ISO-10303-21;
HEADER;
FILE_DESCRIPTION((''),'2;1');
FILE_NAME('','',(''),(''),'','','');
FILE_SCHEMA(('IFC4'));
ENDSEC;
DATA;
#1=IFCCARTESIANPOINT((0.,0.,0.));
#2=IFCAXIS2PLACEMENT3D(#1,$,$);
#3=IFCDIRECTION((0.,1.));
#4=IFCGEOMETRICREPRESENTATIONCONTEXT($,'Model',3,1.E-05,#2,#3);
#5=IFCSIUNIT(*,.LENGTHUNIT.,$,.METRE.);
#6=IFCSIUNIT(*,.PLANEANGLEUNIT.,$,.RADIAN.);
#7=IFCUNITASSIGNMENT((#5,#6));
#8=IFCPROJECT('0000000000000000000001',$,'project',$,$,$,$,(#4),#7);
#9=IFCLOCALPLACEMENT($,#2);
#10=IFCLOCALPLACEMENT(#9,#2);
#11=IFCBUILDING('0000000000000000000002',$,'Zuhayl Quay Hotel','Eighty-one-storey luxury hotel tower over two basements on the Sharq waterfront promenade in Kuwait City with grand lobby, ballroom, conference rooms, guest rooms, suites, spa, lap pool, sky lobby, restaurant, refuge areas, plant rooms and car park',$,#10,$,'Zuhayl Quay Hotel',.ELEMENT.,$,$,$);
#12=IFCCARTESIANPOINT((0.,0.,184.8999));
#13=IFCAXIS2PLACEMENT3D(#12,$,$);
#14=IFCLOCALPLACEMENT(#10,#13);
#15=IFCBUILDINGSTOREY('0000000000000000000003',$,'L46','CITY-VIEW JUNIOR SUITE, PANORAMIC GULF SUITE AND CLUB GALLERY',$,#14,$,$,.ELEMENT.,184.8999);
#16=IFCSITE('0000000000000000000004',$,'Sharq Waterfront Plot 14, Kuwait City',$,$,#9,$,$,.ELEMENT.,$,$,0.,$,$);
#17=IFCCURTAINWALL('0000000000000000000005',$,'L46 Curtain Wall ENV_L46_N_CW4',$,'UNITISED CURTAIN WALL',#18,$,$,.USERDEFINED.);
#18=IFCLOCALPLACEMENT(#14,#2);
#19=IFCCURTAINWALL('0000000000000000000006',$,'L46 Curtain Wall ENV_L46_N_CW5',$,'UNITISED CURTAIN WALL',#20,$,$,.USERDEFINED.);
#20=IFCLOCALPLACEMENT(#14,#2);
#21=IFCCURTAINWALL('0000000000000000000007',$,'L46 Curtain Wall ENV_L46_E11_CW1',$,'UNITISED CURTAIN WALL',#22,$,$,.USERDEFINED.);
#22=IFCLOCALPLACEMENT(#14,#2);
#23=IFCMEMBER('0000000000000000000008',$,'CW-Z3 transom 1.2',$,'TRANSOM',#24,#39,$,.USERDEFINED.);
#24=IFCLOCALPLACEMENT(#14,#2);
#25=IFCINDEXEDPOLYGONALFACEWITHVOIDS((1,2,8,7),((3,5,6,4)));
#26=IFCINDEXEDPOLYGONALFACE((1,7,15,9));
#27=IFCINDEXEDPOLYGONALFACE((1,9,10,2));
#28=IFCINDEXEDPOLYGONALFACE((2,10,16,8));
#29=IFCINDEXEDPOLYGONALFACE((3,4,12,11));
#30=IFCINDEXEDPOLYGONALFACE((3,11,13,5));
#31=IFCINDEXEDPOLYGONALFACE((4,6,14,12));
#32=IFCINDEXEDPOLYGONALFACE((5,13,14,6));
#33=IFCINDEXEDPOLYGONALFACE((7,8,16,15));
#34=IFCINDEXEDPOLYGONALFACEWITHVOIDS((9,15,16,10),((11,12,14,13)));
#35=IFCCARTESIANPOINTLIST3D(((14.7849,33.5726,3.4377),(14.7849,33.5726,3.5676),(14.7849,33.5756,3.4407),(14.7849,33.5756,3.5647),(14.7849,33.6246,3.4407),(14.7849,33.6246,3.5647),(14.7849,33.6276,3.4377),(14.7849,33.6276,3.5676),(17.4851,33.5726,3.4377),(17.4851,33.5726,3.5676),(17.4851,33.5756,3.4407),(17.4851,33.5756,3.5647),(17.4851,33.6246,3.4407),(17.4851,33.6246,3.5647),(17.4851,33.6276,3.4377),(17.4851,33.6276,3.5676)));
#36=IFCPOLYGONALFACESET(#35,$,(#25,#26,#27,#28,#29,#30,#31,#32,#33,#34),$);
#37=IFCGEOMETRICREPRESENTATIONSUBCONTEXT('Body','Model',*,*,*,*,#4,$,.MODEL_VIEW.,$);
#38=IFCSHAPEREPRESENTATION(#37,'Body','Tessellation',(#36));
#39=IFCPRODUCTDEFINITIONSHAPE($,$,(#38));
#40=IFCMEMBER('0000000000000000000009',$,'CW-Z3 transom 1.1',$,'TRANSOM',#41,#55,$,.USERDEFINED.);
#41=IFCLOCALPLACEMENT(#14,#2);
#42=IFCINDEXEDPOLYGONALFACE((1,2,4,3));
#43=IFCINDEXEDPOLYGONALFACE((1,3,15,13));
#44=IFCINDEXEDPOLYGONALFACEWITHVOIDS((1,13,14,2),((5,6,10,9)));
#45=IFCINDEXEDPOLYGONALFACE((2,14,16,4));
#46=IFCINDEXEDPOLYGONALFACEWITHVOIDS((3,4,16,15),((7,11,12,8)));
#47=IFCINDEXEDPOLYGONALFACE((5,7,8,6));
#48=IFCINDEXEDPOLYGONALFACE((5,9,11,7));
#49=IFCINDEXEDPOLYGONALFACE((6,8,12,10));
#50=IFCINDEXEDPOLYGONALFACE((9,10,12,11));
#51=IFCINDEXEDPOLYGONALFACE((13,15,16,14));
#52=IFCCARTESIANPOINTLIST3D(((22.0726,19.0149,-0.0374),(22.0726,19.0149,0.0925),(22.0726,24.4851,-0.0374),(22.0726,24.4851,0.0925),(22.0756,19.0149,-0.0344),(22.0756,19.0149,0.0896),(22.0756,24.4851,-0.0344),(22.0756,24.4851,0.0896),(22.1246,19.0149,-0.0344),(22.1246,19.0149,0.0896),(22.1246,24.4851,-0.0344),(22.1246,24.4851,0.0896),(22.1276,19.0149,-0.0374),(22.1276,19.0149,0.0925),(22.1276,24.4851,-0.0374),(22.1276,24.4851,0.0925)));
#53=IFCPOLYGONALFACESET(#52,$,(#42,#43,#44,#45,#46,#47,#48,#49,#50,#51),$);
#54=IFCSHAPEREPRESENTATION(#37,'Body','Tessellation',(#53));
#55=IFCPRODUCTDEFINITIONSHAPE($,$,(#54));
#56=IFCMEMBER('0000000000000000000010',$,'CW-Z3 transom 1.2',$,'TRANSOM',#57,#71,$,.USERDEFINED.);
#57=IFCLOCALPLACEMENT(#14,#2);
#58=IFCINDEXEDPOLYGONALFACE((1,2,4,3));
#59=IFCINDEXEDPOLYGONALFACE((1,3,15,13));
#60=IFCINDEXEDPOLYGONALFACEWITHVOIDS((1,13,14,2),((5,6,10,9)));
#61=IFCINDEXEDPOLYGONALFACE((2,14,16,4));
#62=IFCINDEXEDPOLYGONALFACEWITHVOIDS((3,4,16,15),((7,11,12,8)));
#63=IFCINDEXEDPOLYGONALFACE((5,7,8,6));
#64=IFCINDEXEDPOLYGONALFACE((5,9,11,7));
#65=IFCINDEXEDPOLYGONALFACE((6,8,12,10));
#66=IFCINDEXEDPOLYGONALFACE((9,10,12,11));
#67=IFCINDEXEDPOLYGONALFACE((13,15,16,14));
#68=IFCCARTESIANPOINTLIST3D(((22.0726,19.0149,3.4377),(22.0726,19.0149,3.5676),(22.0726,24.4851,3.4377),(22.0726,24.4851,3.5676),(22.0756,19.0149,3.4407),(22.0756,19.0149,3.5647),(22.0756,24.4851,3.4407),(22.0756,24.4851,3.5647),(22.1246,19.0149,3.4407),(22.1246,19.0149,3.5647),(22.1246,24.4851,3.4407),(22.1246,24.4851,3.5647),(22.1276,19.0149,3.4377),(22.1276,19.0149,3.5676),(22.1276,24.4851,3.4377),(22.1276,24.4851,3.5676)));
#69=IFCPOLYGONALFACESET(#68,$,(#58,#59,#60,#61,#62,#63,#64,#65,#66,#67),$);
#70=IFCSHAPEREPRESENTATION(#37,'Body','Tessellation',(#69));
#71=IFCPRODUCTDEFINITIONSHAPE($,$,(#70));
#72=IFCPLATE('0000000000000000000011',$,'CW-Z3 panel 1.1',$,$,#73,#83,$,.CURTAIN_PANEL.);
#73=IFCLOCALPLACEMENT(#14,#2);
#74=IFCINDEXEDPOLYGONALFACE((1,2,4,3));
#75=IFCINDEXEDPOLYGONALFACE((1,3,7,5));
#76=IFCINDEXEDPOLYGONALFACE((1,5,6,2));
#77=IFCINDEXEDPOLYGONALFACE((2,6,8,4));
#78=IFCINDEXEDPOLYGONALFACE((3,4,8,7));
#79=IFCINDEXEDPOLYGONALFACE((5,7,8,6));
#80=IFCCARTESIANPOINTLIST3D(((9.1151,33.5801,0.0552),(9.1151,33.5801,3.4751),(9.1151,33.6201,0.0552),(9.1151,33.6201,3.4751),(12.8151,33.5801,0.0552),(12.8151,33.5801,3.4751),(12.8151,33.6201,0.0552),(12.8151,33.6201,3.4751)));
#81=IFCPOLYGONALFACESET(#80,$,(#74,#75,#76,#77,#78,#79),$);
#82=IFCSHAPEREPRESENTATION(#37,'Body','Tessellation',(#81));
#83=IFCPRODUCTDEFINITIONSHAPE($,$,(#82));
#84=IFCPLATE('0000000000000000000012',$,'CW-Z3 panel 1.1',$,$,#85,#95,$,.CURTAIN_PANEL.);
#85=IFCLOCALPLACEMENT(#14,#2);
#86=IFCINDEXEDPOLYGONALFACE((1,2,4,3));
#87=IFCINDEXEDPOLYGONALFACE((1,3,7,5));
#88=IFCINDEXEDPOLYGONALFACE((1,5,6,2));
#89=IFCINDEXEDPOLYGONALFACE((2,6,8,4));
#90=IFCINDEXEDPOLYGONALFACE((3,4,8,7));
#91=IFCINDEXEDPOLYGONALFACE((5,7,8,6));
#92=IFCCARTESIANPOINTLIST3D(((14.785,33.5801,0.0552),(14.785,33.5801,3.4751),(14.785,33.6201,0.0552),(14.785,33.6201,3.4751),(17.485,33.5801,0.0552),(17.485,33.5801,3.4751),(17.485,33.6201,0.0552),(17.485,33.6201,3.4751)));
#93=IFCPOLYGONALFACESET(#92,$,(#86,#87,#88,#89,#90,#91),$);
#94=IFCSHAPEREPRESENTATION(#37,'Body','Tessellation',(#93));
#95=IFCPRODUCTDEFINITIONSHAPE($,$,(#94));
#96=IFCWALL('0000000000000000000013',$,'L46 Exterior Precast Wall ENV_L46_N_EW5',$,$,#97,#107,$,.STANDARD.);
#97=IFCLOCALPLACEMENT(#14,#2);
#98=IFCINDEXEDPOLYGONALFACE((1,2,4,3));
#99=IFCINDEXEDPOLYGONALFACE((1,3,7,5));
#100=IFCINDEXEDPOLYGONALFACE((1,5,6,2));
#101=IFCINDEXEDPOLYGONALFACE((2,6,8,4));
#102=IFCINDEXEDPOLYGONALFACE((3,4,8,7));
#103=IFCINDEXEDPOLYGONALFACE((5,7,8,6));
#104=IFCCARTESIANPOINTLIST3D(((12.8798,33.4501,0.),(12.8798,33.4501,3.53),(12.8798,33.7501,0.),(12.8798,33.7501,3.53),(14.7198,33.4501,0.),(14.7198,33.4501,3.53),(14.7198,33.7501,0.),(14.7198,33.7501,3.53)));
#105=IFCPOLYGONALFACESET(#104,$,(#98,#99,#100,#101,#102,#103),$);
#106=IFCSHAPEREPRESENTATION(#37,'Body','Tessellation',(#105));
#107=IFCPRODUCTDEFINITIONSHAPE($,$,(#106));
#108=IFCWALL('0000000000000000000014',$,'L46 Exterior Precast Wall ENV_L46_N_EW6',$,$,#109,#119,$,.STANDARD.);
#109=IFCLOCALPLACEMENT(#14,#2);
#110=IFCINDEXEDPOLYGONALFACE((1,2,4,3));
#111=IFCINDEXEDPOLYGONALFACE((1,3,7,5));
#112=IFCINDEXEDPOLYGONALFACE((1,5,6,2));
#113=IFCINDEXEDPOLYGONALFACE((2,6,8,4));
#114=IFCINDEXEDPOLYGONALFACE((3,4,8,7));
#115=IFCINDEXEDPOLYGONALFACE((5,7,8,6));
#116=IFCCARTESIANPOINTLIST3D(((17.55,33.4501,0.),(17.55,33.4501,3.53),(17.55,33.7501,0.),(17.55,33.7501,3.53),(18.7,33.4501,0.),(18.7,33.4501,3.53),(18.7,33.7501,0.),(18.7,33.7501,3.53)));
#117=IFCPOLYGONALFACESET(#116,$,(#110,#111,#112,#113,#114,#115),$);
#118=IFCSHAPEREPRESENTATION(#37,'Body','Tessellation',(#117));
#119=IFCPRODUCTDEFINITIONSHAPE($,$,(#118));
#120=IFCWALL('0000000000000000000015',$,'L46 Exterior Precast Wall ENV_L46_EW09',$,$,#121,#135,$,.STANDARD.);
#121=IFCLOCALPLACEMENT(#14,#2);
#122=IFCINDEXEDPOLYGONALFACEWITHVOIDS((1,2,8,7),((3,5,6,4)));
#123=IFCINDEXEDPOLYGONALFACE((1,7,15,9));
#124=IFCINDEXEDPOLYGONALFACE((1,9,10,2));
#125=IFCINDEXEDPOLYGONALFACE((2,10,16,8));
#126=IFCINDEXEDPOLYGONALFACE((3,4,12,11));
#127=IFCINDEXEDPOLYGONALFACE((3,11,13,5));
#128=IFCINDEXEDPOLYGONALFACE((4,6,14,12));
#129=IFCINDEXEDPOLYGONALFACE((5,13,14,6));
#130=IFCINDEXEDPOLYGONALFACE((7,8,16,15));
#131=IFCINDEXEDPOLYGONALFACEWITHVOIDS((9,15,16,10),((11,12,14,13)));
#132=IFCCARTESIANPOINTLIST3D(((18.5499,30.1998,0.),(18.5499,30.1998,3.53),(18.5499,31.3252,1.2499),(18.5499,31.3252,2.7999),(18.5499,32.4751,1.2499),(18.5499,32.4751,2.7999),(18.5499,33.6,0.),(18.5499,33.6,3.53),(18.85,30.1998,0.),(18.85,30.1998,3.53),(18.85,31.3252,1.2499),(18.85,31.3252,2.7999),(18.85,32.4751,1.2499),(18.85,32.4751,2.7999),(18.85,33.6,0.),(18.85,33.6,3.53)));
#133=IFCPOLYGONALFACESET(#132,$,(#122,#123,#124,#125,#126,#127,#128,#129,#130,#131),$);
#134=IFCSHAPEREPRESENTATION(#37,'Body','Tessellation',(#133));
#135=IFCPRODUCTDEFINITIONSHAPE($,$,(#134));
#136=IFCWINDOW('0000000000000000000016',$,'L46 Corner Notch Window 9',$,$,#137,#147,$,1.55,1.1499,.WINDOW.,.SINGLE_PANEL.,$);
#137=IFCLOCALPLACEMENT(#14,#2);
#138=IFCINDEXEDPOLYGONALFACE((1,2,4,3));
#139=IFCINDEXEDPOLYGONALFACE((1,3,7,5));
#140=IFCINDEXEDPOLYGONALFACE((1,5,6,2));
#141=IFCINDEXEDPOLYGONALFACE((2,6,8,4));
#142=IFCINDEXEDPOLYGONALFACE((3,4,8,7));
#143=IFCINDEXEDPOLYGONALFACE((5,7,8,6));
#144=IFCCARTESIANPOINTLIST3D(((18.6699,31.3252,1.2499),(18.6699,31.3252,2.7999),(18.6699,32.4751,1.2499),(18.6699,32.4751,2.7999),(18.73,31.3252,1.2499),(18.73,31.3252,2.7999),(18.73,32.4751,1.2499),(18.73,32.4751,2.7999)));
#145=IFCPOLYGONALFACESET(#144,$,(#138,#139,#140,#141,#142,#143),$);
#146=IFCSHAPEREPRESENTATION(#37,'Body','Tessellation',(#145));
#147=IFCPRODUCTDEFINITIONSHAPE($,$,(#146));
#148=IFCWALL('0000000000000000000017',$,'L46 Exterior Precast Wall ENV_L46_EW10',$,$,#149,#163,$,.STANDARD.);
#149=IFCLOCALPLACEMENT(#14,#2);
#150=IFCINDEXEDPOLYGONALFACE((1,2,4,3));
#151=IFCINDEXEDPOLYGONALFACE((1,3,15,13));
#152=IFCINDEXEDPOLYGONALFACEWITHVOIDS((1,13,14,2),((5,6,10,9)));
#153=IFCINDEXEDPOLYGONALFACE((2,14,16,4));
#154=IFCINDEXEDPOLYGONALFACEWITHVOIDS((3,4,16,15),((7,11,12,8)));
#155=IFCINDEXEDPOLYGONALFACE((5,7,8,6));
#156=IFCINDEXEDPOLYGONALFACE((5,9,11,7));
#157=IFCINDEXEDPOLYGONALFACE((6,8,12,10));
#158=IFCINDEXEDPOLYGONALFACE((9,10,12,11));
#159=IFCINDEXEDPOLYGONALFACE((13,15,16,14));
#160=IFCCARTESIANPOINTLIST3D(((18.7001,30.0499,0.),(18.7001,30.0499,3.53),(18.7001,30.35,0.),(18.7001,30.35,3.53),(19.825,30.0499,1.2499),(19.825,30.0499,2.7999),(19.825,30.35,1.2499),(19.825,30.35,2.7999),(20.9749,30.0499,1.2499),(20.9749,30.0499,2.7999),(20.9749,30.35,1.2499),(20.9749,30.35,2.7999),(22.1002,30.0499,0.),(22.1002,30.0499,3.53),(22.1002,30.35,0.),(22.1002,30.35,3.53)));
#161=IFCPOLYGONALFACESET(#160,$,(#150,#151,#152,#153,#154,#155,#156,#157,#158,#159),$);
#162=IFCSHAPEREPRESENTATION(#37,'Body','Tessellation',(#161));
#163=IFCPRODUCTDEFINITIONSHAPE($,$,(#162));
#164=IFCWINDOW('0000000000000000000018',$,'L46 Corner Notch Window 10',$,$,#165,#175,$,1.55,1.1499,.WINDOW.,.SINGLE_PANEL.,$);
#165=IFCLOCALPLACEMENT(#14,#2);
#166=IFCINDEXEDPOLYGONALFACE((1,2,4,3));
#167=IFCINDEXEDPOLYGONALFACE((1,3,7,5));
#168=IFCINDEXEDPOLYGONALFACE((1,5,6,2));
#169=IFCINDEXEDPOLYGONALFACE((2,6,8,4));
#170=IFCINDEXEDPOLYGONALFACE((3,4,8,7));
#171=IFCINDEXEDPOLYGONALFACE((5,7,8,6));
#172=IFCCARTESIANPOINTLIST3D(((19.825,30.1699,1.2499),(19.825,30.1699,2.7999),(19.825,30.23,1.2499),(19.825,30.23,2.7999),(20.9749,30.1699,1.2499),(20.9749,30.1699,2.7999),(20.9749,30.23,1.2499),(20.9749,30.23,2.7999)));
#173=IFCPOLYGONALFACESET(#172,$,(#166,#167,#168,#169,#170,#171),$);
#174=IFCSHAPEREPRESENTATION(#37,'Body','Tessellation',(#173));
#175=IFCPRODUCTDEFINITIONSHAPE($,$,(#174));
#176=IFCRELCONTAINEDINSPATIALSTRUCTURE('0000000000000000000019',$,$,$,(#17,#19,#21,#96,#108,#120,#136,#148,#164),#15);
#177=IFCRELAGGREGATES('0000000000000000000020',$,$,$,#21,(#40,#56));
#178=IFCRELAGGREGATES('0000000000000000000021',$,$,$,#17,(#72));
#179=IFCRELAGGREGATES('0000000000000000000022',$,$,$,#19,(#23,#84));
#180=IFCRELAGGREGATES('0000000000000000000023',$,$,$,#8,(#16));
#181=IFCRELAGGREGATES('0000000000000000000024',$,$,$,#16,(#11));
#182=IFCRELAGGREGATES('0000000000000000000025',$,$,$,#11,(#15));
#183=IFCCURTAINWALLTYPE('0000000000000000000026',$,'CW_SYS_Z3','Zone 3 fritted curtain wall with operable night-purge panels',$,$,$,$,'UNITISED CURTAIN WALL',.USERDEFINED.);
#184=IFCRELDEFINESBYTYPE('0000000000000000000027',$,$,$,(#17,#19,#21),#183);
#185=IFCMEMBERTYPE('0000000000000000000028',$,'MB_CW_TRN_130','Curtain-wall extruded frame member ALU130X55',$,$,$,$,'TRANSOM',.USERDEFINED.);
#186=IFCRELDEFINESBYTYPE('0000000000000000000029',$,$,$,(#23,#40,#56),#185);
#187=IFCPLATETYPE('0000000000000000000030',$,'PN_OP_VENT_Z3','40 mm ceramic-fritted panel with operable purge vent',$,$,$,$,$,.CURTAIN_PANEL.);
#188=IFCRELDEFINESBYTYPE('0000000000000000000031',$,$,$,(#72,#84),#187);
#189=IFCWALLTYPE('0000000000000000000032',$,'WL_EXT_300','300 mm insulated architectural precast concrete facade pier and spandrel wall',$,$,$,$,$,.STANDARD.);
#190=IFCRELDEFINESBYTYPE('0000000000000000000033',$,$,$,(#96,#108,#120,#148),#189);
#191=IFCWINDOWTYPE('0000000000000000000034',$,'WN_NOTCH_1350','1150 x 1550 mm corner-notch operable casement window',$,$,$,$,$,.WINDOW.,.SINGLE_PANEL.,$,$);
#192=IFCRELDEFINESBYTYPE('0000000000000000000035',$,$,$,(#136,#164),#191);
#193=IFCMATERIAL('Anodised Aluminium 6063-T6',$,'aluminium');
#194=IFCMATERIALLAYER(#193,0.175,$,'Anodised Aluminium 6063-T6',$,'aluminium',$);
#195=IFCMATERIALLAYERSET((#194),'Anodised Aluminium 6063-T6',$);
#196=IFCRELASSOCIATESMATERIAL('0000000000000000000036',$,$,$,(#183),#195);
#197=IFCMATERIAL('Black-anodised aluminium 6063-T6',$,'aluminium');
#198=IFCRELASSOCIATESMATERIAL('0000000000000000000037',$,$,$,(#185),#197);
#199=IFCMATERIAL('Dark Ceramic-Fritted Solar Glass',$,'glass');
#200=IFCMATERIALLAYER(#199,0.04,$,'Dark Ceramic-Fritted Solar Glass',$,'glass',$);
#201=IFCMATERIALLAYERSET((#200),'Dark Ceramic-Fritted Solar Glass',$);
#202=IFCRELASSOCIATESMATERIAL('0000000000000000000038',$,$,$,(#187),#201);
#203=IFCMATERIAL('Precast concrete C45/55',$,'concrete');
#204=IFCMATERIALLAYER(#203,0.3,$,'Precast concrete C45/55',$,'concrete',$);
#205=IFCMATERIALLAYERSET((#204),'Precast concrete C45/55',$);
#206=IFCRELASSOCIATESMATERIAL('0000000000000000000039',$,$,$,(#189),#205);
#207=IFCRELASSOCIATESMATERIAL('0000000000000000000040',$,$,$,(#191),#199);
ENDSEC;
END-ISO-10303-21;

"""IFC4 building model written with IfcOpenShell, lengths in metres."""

from ifc_helpers import new_model, si_unit, direction, frame, frame_2d, origin, origin_2d, place, context, subcontext, project, spatial, rectangle, hollow_rectangle, extrude, material, layer, layer_set, material_profile, profile_set, type_object, element, fill, aggregate, save


model = new_model("IFC4")

# Units and contexts
model_context = context("Model", 3, precision=1e-05, world=origin(), true_north=direction((0.0, 1.0)))
body_context = subcontext(model_context, "Body", "Model", "MODEL_VIEW")
ifc_project = project(units=[si_unit("LENGTHUNIT", "METRE"), si_unit("PLANEANGLEUNIT", "RADIAN")], contexts=[model_context])

# Site, building, storey
site_placement = place(None, origin())
site = spatial("IfcSite", under=ifc_project, at=site_placement, Name="Sharq Waterfront Plot 14, Kuwait City", CompositionType="ELEMENT", RefElevation=0.0)
building_placement = place(site_placement, origin())
building = spatial("IfcBuilding", under=site, at=building_placement, Name="Zuhayl Quay Hotel", Description="Eighty-one-storey luxury hotel tower over two basements on the Sharq waterfront promenade in Kuwait City with grand lobby, ballroom, conference rooms, guest rooms, suites, spa, lap pool, sky lobby, restaurant, refuge areas, plant rooms and car park", LongName="Zuhayl Quay Hotel", CompositionType="ELEMENT")
storey_placement = place(building_placement, frame((0.0, 0.0, 184.8999)))
storey = spatial("IfcBuildingStorey", under=building, at=storey_placement, Name="L46", Description="CITY-VIEW JUNIOR SUITE, PANORAMIC GULF SUITE AND CLUB GALLERY", CompositionType="ELEMENT", Elevation=184.8999)

# Curtain walls
ifc_material_1 = material(Name="Anodised Aluminium 6063-T6", Category="aluminium")
ifc_layer_1 = layer(ifc_material_1, 0.175, Name="Anodised Aluminium 6063-T6", Category="aluminium")
ifc_layer_set_1 = layer_set([ifc_layer_1], Name="Anodised Aluminium 6063-T6")
curtain_wall_type = type_object("IfcCurtainWallType", Name="CW_SYS_Z3", Description="Zone 3 fritted curtain wall with operable night-purge panels", ElementType="UNITISED CURTAIN WALL", PredefinedType="USERDEFINED", material=ifc_layer_set_1)
curtain_wall_1_placement = place(storey_placement, origin())
curtain_wall_1 = element("IfcCurtainWall", 1, at=curtain_wall_1_placement, inside=storey, type_object=curtain_wall_type, Name="L46 Curtain Wall ENV_L46_N_CW4", ObjectType="UNITISED CURTAIN WALL", PredefinedType="USERDEFINED")
ifc_material_2 = material(Name="Black-anodised aluminium 6063-T6", Category="aluminium")
curtain_wall_2_placement = place(storey_placement, origin())
curtain_wall_2 = element("IfcCurtainWall", 2, at=curtain_wall_2_placement, inside=storey, type_object=curtain_wall_type, Name="L46 Curtain Wall ENV_L46_N_CW5", ObjectType="UNITISED CURTAIN WALL", PredefinedType="USERDEFINED")

# Curtain wall
curtain_wall_3_placement = place(storey_placement, origin())
curtain_wall_3 = element("IfcCurtainWall", 3, at=curtain_wall_3_placement, inside=storey, type_object=curtain_wall_type, Name="L46 Curtain Wall ENV_L46_E11_CW1", ObjectType="UNITISED CURTAIN WALL", PredefinedType="USERDEFINED")

# Members
ifc_material_profile_1 = material_profile(ifc_material_2, hollow_rectangle(XDim=0.0549, YDim=0.1299, WallThickness=0.0029, at=origin_2d()), Name="ALU130X55")
ifc_profile_set_1 = profile_set([ifc_material_profile_1], Name="Black-anodised aluminium 6063-T6")
member_type_1 = type_object("IfcMemberType", Name="MB_CW_TRN_130", Description="Curtain-wall extruded frame member ALU130X55", ElementType="TRANSOM", PredefinedType="USERDEFINED", material=ifc_profile_set_1)
member_1_placement = place(storey_placement, frame((14.7849, 33.6001, 3.5027), z_axis=(1.0, 0.0, 0.0), x_axis=(0.0, 1.0, 0.0)))
member_1 = element("IfcMember", 4, at=member_1_placement, type_object=member_type_1, Name="CW-Z3 transom 1.2", ObjectType="TRANSOM", PredefinedType="USERDEFINED", context=body_context, shape_type="SweptSolid", body=[
    extrude(hollow_rectangle(XDim=0.0549, YDim=0.1299, WallThickness=0.0029, at=origin_2d()), origin(), (0.0, 0.0, 1.0), 2.7002),
])
member_2_placement = place(storey_placement, frame((22.1001, 24.4851, 0.0276), z_axis=(0.0, -1.0, 0.0), x_axis=(1.0, 0.0, 0.0)))
member_2 = element("IfcMember", 5, at=member_2_placement, type_object=member_type_1, Name="CW-Z3 transom 1.1", ObjectType="TRANSOM", PredefinedType="USERDEFINED", context=body_context, shape_type="SweptSolid", body=[
    extrude(hollow_rectangle(XDim=0.0549, YDim=0.1299, WallThickness=0.0029, at=origin_2d()), origin(), (0.0, 0.0, 1.0), 5.4702),
])
member_3_placement = place(storey_placement, frame((22.1001, 24.4851, 3.5027), z_axis=(0.0, -1.0, 0.0), x_axis=(1.0, 0.0, 0.0)))
member_3 = element("IfcMember", 6, at=member_3_placement, type_object=member_type_1, Name="CW-Z3 transom 1.2", ObjectType="TRANSOM", PredefinedType="USERDEFINED", context=body_context, shape_type="SweptSolid", body=[
    extrude(hollow_rectangle(XDim=0.0549, YDim=0.1299, WallThickness=0.0029, at=origin_2d()), origin(), (0.0, 0.0, 1.0), 5.4702),
])
aggregate(curtain_wall_3, [member_2, member_3])

# Plates
ifc_material_3 = material(Name="Dark Ceramic-Fritted Solar Glass", Category="glass")
ifc_layer_2 = layer(ifc_material_3, 0.04, Name="Dark Ceramic-Fritted Solar Glass", Category="glass")
ifc_layer_set_2 = layer_set([ifc_layer_2], Name="Dark Ceramic-Fritted Solar Glass")
plate_type = type_object("IfcPlateType", Name="PN_OP_VENT_Z3", Description="40 mm ceramic-fritted panel with operable purge vent", PredefinedType="CURTAIN_PANEL", material=ifc_layer_set_2)
plate_1_placement = place(storey_placement, frame((10.9651, 33.6001, 0.0552), z_axis=(0.0, 0.0, 1.0), x_axis=(1.0, 0.0, 0.0)))
plate_1 = element("IfcPlate", 7, at=plate_1_placement, type_object=plate_type, Name="CW-Z3 panel 1.1", PredefinedType="CURTAIN_PANEL", context=body_context, shape_type="SweptSolid", body=[
    extrude(rectangle(XDim=3.7, YDim=0.04, at=origin_2d()), origin(), (0.0, 0.0, 1.0), 3.4199),
])
aggregate(curtain_wall_1, [plate_1])
plate_2_placement = place(storey_placement, frame((16.135, 33.6001, 0.0552), z_axis=(0.0, 0.0, 1.0), x_axis=(1.0, 0.0, 0.0)))
plate_2 = element("IfcPlate", 8, at=plate_2_placement, type_object=plate_type, Name="CW-Z3 panel 1.1", PredefinedType="CURTAIN_PANEL", context=body_context, shape_type="SweptSolid", body=[
    extrude(rectangle(XDim=2.7, YDim=0.04, at=origin_2d()), origin(), (0.0, 0.0, 1.0), 3.4199),
])
aggregate(curtain_wall_2, [member_1, plate_2])

# Walls
ifc_material_4 = material(Name="Precast concrete C45/55", Category="concrete")
ifc_layer_3 = layer(ifc_material_4, 0.3, Name="Precast concrete C45/55", Category="concrete")
ifc_layer_set_3 = layer_set([ifc_layer_3], Name="Precast concrete C45/55")
wall_type_1 = type_object("IfcWallType", Name="WL_EXT_300", Description="300 mm insulated architectural precast concrete facade pier and spandrel wall", PredefinedType="STANDARD", material=ifc_layer_set_3)
wall_1_placement = place(storey_placement, frame((12.8799, 33.6001, 0.0), z_axis=(0.0, 0.0, 1.0), x_axis=(1.0, 0.0, 0.0)))
element("IfcWall", 9, at=wall_1_placement, inside=storey, type_object=wall_type_1, Name="L46 Exterior Precast Wall ENV_L46_N_EW5", PredefinedType="STANDARD", context=body_context, shape_type="SweptSolid", body=[
    extrude(rectangle(XDim=1.8401, YDim=0.3, at=frame_2d((0.9199, 0.0))), origin(), (0.0, 0.0, 1.0), 3.53),
])
wall_2_placement = place(storey_placement, frame((17.55, 33.6001, 0.0), z_axis=(0.0, 0.0, 1.0), x_axis=(1.0, 0.0, 0.0)))
element("IfcWall", 10, at=wall_2_placement, inside=storey, type_object=wall_type_1, Name="L46 Exterior Precast Wall ENV_L46_N_EW6", PredefinedType="STANDARD", context=body_context, shape_type="SweptSolid", body=[
    extrude(rectangle(XDim=1.1499, YDim=0.3, at=frame_2d((0.575, 0.0))), origin(), (0.0, 0.0, 1.0), 3.53),
])

# Walls, openings, windows
wall_3_placement = place(storey_placement, frame((18.7, 33.6001, 0.0), z_axis=(0.0, 0.0, 1.0), x_axis=(0.0, -1.0, 0.0)))
wall_3 = element("IfcWall", 11, at=wall_3_placement, inside=storey, type_object=wall_type_1, Name="L46 Exterior Precast Wall ENV_L46_EW09", PredefinedType="STANDARD", context=body_context, shape_type="SweptSolid", body=[
    extrude(rectangle(XDim=3.4001, YDim=0.3, at=frame_2d((1.7002, 0.0))), origin(), (0.0, 0.0, 1.0), 3.53),
])
opening_1_placement = place(wall_3_placement, frame((1.125, 0.0, 1.25)))
opening_1 = element("IfcOpeningElement", 12, at=opening_1_placement, cuts=wall_3, PredefinedType="OPENING", context=body_context, shape_type="SweptSolid", body=[
    extrude(rectangle(XDim=1.1499, YDim=1.55, at=frame_2d((0.575, 0.7749))), frame((0.0, 0.1599, 0.0), z_axis=(0.0, -1.0, 0.0), x_axis=(1.0, 0.0, 0.0)), (0.0, 0.0, 1.0), 0.3201),
])
window_type_1 = type_object("IfcWindowType", Name="WN_NOTCH_1350", Description="1150 x 1550 mm corner-notch operable casement window", PartitioningType="SINGLE_PANEL", PredefinedType="WINDOW", material=ifc_material_3)
window_1_placement = place(opening_1_placement, origin())
window_1 = element("IfcWindow", 13, at=window_1_placement, inside=storey, type_object=window_type_1, Name="L46 Corner Notch Window 9", OverallHeight=1.55, OverallWidth=1.1499, PartitioningType="SINGLE_PANEL", PredefinedType="WINDOW", context=body_context, shape_type="SweptSolid", body=[
    extrude(rectangle(XDim=1.1499, YDim=1.55, at=frame_2d((0.575, 0.7749))), frame((0.0, 0.03, 0.0), z_axis=(0.0, -1.0, 0.0), x_axis=(1.0, 0.0, 0.0)), (0.0, 0.0, 1.0), 0.0601),
])
fill(opening_1, window_1)
wall_4_placement = place(storey_placement, frame((18.7, 30.2, 0.0), z_axis=(0.0, 0.0, 1.0), x_axis=(1.0, 0.0, 0.0)))
wall_4 = element("IfcWall", 14, at=wall_4_placement, inside=storey, type_object=wall_type_1, Name="L46 Exterior Precast Wall ENV_L46_EW10", PredefinedType="STANDARD", context=body_context, shape_type="SweptSolid", body=[
    extrude(rectangle(XDim=3.4001, YDim=0.3, at=frame_2d((1.7002, 0.0))), origin(), (0.0, 0.0, 1.0), 3.53),
])
opening_2_placement = place(wall_4_placement, frame((1.125, 0.0, 1.25)))
opening_2 = element("IfcOpeningElement", 15, at=opening_2_placement, cuts=wall_4, PredefinedType="OPENING", context=body_context, shape_type="SweptSolid", body=[
    extrude(rectangle(XDim=1.1499, YDim=1.55, at=frame_2d((0.575, 0.7749))), frame((0.0, 0.1599, 0.0), z_axis=(0.0, -1.0, 0.0), x_axis=(1.0, 0.0, 0.0)), (0.0, 0.0, 1.0), 0.3201),
])
window_2_placement = place(opening_2_placement, origin())
window_2 = element("IfcWindow", 16, at=window_2_placement, inside=storey, type_object=window_type_1, Name="L46 Corner Notch Window 10", OverallHeight=1.55, OverallWidth=1.1499, PartitioningType="SINGLE_PANEL", PredefinedType="WINDOW", context=body_context, shape_type="SweptSolid", body=[
    extrude(rectangle(XDim=1.1499, YDim=1.55, at=frame_2d((0.575, 0.7749))), frame((0.0, 0.03, 0.0), z_axis=(0.0, -1.0, 0.0), x_axis=(1.0, 0.0, 0.0)), (0.0, 0.0, 1.0), 0.0601),
])
fill(opening_2, window_2)

save(model, "model.ifc")
